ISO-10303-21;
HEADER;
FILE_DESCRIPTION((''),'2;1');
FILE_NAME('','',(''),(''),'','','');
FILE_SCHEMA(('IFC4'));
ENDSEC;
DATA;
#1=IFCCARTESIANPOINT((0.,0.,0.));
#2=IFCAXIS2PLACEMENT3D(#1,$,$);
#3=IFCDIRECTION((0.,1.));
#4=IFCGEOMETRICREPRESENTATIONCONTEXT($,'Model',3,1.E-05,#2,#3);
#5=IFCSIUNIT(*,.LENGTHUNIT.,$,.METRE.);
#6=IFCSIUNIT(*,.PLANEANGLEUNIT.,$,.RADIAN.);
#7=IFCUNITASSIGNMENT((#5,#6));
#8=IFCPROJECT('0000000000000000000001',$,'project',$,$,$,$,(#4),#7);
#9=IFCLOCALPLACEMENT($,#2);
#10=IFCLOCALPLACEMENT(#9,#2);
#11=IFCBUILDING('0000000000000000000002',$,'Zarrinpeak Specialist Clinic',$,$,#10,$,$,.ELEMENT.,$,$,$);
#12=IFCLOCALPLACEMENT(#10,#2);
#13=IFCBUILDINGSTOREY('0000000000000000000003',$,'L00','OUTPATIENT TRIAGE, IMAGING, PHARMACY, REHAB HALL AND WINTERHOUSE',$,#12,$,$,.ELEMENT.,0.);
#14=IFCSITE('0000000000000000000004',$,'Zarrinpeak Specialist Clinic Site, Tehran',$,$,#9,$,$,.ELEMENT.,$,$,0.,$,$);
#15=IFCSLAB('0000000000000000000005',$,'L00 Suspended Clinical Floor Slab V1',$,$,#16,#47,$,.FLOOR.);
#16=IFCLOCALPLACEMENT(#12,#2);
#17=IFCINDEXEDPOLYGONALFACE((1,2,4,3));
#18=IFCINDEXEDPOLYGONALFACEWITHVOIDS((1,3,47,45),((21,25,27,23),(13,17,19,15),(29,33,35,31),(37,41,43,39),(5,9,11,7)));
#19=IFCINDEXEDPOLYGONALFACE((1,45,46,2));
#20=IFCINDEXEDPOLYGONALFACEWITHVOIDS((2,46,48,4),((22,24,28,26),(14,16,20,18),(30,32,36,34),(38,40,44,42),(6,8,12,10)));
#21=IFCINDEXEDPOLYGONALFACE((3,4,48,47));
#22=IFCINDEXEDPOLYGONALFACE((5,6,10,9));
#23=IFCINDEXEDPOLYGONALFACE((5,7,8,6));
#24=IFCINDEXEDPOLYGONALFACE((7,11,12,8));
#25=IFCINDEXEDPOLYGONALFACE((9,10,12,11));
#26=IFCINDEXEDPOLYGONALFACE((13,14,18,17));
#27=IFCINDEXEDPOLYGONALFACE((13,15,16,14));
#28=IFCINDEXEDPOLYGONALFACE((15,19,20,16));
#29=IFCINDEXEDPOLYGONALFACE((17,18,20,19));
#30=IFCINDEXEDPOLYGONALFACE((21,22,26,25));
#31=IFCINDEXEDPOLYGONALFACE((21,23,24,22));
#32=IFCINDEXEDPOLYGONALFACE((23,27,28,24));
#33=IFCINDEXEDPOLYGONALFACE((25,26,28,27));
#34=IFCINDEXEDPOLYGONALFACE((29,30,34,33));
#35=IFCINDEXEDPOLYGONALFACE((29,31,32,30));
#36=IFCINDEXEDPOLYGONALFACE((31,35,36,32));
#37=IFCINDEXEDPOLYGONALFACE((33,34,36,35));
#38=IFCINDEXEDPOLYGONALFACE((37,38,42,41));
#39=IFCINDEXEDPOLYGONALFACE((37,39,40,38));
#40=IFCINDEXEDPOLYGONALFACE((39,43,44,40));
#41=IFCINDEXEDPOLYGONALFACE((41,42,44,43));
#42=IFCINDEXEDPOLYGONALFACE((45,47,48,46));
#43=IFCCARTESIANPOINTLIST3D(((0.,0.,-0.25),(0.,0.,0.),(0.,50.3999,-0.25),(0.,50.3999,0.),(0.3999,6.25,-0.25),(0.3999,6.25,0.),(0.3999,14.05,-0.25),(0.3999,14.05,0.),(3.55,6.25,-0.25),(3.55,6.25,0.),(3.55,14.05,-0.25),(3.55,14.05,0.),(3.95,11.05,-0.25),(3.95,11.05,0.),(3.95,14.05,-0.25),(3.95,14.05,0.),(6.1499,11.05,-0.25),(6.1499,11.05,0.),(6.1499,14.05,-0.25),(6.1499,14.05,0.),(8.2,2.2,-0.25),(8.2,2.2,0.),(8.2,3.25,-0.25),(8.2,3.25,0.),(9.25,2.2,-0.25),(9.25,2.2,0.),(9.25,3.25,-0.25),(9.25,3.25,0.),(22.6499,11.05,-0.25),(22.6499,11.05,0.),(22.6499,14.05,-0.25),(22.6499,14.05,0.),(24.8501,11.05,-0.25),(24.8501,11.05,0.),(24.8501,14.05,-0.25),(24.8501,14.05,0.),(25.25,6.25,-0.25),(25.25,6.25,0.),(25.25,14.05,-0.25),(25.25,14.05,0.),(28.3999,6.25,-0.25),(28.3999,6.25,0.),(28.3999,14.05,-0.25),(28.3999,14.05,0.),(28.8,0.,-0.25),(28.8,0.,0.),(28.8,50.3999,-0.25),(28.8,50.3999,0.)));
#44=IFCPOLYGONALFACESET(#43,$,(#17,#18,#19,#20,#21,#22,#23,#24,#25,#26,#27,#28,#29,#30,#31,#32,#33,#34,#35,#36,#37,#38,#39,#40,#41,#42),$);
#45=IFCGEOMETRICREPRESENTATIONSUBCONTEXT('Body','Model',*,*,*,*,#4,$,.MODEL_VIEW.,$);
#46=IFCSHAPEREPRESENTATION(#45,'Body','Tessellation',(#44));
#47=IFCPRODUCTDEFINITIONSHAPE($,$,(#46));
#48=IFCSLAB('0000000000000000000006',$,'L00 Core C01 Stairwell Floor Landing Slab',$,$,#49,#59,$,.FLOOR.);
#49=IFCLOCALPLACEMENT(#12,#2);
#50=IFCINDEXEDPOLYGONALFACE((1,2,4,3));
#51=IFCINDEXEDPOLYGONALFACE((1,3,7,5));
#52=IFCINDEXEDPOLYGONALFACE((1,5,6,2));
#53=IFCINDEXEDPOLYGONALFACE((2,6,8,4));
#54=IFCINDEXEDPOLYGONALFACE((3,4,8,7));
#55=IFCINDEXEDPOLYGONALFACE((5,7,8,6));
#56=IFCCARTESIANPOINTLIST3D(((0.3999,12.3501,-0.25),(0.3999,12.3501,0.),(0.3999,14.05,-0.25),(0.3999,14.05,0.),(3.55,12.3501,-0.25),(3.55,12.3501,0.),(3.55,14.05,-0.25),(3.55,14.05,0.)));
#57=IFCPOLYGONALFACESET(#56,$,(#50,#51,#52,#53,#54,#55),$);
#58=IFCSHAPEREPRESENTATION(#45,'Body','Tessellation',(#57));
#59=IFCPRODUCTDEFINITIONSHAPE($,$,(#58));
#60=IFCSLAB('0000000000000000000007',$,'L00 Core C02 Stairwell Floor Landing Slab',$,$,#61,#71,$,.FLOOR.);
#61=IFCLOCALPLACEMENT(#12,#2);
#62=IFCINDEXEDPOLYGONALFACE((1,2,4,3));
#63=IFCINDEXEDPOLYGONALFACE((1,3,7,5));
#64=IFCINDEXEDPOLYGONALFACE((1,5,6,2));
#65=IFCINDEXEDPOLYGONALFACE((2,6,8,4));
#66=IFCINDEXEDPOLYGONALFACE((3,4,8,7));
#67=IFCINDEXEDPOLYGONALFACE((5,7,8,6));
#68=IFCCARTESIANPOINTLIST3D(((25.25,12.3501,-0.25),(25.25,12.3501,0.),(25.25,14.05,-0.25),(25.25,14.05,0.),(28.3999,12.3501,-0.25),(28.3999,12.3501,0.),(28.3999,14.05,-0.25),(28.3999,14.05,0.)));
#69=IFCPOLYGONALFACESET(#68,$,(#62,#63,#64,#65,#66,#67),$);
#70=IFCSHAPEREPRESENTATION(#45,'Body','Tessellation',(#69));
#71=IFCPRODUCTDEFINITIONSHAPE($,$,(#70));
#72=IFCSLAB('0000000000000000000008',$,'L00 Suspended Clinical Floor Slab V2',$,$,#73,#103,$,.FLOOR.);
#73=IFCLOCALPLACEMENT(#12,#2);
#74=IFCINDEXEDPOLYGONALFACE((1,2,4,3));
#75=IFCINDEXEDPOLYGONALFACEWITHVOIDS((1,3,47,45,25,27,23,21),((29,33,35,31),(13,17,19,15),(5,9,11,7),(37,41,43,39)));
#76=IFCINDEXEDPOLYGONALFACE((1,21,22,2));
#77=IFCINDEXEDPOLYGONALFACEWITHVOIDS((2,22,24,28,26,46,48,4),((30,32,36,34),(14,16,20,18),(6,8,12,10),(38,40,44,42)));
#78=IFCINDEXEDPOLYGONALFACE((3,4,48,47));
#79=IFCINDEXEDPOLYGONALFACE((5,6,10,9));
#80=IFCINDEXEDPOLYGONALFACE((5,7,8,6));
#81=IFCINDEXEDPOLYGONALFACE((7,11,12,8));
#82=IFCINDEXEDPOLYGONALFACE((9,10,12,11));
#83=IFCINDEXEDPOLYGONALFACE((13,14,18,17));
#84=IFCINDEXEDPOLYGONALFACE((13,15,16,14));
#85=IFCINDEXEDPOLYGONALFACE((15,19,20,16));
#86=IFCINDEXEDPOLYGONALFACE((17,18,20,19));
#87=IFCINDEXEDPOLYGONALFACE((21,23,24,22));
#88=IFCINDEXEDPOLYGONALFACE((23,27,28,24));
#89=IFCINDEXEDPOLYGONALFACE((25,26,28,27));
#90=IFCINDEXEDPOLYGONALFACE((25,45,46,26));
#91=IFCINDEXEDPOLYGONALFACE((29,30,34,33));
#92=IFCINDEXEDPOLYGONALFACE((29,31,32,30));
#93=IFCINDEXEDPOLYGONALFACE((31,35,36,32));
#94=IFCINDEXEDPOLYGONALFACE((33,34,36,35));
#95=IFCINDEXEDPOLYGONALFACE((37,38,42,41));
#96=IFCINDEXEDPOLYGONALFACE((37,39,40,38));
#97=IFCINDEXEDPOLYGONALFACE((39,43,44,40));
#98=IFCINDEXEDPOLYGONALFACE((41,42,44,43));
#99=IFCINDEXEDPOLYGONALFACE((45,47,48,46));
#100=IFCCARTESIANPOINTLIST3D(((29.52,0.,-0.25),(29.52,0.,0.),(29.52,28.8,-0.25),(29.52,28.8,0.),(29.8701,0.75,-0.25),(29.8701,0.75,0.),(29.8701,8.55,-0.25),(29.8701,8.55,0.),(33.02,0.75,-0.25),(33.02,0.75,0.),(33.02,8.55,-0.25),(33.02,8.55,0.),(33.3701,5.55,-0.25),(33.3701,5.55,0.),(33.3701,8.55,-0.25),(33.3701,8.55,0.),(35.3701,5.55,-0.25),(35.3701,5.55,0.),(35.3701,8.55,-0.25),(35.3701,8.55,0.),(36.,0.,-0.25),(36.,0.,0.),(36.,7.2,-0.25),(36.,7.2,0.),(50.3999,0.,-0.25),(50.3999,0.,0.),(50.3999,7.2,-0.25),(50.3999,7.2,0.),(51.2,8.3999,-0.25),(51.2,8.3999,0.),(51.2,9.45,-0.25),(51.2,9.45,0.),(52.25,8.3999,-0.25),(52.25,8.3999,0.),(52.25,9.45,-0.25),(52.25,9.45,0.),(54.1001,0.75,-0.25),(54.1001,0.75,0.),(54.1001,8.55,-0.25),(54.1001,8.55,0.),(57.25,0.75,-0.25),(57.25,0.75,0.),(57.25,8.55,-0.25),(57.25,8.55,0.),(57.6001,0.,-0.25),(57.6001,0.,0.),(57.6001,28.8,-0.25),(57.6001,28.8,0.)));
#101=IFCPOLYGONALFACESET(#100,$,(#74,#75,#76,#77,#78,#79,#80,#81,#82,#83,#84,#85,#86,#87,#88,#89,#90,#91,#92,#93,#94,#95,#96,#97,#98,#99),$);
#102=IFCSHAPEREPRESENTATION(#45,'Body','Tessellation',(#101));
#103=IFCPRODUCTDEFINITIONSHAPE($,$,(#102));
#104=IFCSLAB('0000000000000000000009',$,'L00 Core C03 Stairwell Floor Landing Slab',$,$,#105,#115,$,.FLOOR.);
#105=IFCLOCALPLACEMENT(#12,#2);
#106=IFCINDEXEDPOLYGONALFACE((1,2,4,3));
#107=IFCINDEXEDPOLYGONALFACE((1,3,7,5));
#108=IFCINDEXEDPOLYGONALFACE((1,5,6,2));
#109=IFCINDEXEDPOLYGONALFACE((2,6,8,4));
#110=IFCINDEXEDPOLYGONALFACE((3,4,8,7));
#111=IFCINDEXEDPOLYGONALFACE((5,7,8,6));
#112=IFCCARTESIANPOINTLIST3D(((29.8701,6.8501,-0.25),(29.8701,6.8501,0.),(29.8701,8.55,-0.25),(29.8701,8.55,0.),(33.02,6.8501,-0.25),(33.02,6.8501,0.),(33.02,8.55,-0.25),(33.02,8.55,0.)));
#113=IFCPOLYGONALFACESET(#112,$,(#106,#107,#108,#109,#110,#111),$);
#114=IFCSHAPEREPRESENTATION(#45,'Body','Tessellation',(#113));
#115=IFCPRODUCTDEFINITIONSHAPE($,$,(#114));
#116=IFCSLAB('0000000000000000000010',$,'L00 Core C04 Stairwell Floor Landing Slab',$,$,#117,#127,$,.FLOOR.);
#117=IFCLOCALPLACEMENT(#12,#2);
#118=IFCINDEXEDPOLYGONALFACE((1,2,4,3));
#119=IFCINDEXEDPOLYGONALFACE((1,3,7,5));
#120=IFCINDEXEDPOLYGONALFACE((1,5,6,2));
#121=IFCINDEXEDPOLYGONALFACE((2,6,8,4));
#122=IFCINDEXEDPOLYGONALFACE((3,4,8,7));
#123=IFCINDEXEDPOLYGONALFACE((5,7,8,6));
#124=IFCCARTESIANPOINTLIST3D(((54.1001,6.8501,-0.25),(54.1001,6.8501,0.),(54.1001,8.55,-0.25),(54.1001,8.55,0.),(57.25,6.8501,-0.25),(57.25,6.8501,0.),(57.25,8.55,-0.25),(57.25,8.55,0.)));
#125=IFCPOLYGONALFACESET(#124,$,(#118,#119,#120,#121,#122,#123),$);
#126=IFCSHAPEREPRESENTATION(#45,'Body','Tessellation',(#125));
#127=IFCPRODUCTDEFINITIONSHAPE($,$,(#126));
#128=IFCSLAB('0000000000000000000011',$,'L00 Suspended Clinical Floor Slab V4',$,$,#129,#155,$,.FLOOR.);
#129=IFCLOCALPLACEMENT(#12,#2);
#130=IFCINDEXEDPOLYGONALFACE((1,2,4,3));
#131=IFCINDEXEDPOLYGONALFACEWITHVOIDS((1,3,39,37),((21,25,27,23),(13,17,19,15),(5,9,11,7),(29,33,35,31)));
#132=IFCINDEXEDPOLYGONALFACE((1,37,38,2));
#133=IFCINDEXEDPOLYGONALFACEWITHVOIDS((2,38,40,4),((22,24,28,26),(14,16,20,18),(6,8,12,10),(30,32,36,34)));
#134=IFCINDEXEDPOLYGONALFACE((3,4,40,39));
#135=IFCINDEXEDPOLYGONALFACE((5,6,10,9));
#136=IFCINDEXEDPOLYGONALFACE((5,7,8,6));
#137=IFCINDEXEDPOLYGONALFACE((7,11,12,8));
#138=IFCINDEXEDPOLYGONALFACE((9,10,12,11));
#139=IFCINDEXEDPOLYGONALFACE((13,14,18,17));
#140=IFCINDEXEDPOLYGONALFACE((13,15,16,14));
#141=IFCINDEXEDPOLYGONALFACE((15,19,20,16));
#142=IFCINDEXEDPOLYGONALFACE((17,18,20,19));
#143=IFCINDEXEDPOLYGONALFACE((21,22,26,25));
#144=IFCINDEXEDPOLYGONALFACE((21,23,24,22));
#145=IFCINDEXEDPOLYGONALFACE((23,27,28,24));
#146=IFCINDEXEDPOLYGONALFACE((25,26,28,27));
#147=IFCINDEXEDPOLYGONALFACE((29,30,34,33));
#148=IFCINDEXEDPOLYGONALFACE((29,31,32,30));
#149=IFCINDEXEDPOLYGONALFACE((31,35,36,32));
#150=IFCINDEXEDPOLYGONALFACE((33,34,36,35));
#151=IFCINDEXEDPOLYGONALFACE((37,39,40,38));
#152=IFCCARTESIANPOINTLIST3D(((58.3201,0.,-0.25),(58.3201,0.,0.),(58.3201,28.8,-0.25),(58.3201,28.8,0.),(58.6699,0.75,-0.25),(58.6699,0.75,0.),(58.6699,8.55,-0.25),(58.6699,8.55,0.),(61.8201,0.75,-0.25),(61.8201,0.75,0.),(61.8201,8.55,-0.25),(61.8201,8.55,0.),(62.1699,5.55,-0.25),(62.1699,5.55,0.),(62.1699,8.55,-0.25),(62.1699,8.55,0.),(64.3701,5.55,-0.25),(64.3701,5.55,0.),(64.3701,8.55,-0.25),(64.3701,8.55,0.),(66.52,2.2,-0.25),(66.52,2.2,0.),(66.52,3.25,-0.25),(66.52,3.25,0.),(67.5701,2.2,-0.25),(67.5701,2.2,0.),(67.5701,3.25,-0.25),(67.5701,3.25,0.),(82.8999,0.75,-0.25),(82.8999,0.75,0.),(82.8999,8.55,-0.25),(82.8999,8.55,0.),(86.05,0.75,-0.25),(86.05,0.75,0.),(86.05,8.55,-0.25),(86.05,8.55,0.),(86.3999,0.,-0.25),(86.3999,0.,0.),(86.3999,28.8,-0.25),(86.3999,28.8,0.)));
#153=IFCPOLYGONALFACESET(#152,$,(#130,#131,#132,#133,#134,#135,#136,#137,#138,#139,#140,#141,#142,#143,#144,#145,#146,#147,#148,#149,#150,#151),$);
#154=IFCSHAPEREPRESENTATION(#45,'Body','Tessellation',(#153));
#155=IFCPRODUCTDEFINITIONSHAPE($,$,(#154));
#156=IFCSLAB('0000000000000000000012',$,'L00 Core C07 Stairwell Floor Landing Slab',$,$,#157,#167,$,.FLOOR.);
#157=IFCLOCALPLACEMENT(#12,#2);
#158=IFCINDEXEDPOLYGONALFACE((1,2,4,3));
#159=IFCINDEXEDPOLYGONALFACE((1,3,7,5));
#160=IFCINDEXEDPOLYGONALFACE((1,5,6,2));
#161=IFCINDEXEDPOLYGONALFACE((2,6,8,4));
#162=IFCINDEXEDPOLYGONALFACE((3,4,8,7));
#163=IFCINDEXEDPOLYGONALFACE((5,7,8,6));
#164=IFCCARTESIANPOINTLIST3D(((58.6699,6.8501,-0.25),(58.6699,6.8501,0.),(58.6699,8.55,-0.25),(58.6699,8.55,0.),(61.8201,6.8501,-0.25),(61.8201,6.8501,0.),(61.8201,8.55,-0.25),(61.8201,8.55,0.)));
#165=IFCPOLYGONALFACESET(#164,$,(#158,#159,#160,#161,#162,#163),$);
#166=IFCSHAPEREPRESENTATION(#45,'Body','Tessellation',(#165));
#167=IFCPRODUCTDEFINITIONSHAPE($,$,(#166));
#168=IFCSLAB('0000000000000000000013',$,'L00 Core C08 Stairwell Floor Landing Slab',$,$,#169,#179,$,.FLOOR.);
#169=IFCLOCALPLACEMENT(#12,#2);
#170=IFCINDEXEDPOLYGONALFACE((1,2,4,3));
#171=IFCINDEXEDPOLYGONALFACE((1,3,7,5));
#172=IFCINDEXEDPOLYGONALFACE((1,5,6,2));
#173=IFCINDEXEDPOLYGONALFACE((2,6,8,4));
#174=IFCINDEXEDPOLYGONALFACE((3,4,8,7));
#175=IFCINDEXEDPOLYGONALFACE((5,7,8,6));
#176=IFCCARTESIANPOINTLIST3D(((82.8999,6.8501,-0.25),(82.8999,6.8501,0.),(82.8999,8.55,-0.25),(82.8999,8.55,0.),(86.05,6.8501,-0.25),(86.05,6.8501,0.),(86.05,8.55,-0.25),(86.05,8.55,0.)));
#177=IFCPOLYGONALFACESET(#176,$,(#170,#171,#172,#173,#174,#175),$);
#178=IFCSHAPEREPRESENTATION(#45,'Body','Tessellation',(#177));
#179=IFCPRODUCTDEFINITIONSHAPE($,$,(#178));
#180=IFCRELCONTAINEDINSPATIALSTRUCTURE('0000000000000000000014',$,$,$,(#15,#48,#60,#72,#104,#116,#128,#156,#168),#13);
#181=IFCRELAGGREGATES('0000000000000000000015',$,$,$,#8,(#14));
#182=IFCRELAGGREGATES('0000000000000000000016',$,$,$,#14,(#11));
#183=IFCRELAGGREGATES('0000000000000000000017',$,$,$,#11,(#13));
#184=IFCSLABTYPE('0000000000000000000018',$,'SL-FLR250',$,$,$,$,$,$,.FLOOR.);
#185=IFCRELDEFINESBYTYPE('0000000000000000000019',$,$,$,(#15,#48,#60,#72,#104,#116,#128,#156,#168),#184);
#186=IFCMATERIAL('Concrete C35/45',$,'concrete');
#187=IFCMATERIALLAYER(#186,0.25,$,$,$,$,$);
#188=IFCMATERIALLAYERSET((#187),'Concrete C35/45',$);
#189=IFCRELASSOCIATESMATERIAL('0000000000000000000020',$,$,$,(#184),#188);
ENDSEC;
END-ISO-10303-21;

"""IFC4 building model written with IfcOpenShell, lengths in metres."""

from ifc_helpers import new_model, si_unit, direction, frame, origin, place, context, subcontext, project, spatial, polyline, outline, extrude, material, layer, layer_set, type_object, element, save


model = new_model("IFC4")

# Units and contexts
model_context = context("Model", 3, precision=1e-05, world=origin(), true_north=direction((0.0, 1.0)))
body_context = subcontext(model_context, "Body", "Model", "MODEL_VIEW")
ifc_project = project(units=[si_unit("LENGTHUNIT", "METRE"), si_unit("PLANEANGLEUNIT", "RADIAN")], contexts=[model_context])

# Site, building, storey
site_placement = place(None, origin())
site = spatial("IfcSite", under=ifc_project, at=site_placement, Name="Zarrinpeak Specialist Clinic Site, Tehran", CompositionType="ELEMENT", RefElevation=0.0)
building_placement = place(site_placement, origin())
building = spatial("IfcBuilding", under=site, at=building_placement, Name="Zarrinpeak Specialist Clinic", CompositionType="ELEMENT")
storey_placement = place(building_placement, origin())
storey = spatial("IfcBuildingStorey", under=building, at=storey_placement, Name="L00", Description="OUTPATIENT TRIAGE, IMAGING, PHARMACY, REHAB HALL AND WINTERHOUSE", CompositionType="ELEMENT", Elevation=0.0)

# Slabs
ifc_material = material(Name="Concrete C35/45", Category="concrete")
ifc_layer_1 = layer(ifc_material, 0.25)
ifc_layer_set_1 = layer_set([ifc_layer_1], Name="Concrete C35/45")
slab_type_1 = type_object("IfcSlabType", Name="SL-FLR250", PredefinedType="FLOOR", material=ifc_layer_set_1)
slab_1_placement = place(storey_placement, frame((0.0, 0.0, -0.25)))
element("IfcSlab", 1, at=slab_1_placement, inside=storey, type_object=slab_type_1, Name="L00 Suspended Clinical Floor Slab V1", PredefinedType="FLOOR", context=body_context, shape_type="SweptSolid", body=[
    extrude(outline(polyline([(0.0, 0.0), (28.8, 0.0), (28.8, 50.3999), (0.0, 50.3999), (0.0, 0.0)]), holes=[polyline([(0.3999, 6.25), (3.55, 6.25), (3.55, 14.05), (0.3999, 14.05), (0.3999, 6.25)]), polyline([(3.95, 11.05), (6.1499, 11.05), (6.1499, 14.05), (3.95, 14.05), (3.95, 11.05)]), polyline([(25.25, 6.25), (28.3999, 6.25), (28.3999, 14.05), (25.25, 14.05), (25.25, 6.25)]), polyline([(22.6499, 11.05), (24.8501, 11.05), (24.8501, 14.05), (22.6499, 14.05), (22.6499, 11.05)]), polyline([(8.2, 2.2), (9.25, 2.2), (9.25, 3.25), (8.2, 3.25), (8.2, 2.2)])]), origin(), (0.0, 0.0, 1.0), 0.25),
])
slab_2_placement = place(storey_placement, frame((0.0, 0.0, -0.25)))
element("IfcSlab", 2, at=slab_2_placement, inside=storey, type_object=slab_type_1, Name="L00 Core C01 Stairwell Floor Landing Slab", PredefinedType="FLOOR", context=body_context, shape_type="SweptSolid", body=[
    extrude(outline(polyline([(0.3999, 12.3501), (3.55, 12.3501), (3.55, 14.05), (0.3999, 14.05), (0.3999, 12.3501)])), origin(), (0.0, 0.0, 1.0), 0.25),
])
slab_3_placement = place(storey_placement, frame((0.0, 0.0, -0.25)))
element("IfcSlab", 3, at=slab_3_placement, inside=storey, type_object=slab_type_1, Name="L00 Core C02 Stairwell Floor Landing Slab", PredefinedType="FLOOR", context=body_context, shape_type="SweptSolid", body=[
    extrude(outline(polyline([(25.25, 12.3501), (28.3999, 12.3501), (28.3999, 14.05), (25.25, 14.05), (25.25, 12.3501)])), origin(), (0.0, 0.0, 1.0), 0.25),
])
slab_4_placement = place(storey_placement, frame((0.0, 0.0, -0.25)))
element("IfcSlab", 4, at=slab_4_placement, inside=storey, type_object=slab_type_1, Name="L00 Suspended Clinical Floor Slab V2", PredefinedType="FLOOR", context=body_context, shape_type="SweptSolid", body=[
    extrude(outline(polyline([(29.52, 0.0), (36.0, 0.0), (36.0, 7.2), (50.3999, 7.2), (50.3999, 0.0), (57.6001, 0.0), (57.6001, 28.8), (29.52, 28.8), (29.52, 0.0)]), holes=[polyline([(29.8701, 0.75), (33.02, 0.75), (33.02, 8.55), (29.8701, 8.55), (29.8701, 0.75)]), polyline([(33.3701, 5.55), (35.3701, 5.55), (35.3701, 8.55), (33.3701, 8.55), (33.3701, 5.55)]), polyline([(54.1001, 0.75), (57.25, 0.75), (57.25, 8.55), (54.1001, 8.55), (54.1001, 0.75)]), polyline([(51.2, 8.3999), (52.25, 8.3999), (52.25, 9.45), (51.2, 9.45), (51.2, 8.3999)])]), origin(), (0.0, 0.0, 1.0), 0.25),
])
slab_5_placement = place(storey_placement, frame((0.0, 0.0, -0.25)))
element("IfcSlab", 5, at=slab_5_placement, inside=storey, type_object=slab_type_1, Name="L00 Core C03 Stairwell Floor Landing Slab", PredefinedType="FLOOR", context=body_context, shape_type="SweptSolid", body=[
    extrude(outline(polyline([(29.8701, 6.8501), (33.02, 6.8501), (33.02, 8.55), (29.8701, 8.55), (29.8701, 6.8501)])), origin(), (0.0, 0.0, 1.0), 0.25),
])
slab_6_placement = place(storey_placement, frame((0.0, 0.0, -0.25)))
element("IfcSlab", 6, at=slab_6_placement, inside=storey, type_object=slab_type_1, Name="L00 Core C04 Stairwell Floor Landing Slab", PredefinedType="FLOOR", context=body_context, shape_type="SweptSolid", body=[
    extrude(outline(polyline([(54.1001, 6.8501), (57.25, 6.8501), (57.25, 8.55), (54.1001, 8.55), (54.1001, 6.8501)])), origin(), (0.0, 0.0, 1.0), 0.25),
])
slab_7_placement = place(storey_placement, frame((0.0, 0.0, -0.25)))
element("IfcSlab", 7, at=slab_7_placement, inside=storey, type_object=slab_type_1, Name="L00 Suspended Clinical Floor Slab V4", PredefinedType="FLOOR", context=body_context, shape_type="SweptSolid", body=[
    extrude(outline(polyline([(58.3201, 0.0), (86.3999, 0.0), (86.3999, 28.8), (58.3201, 28.8), (58.3201, 0.0)]), holes=[polyline([(58.6699, 0.75), (61.8201, 0.75), (61.8201, 8.55), (58.6699, 8.55), (58.6699, 0.75)]), polyline([(62.1699, 5.55), (64.3701, 5.55), (64.3701, 8.55), (62.1699, 8.55), (62.1699, 5.55)]), polyline([(82.8999, 0.75), (86.05, 0.75), (86.05, 8.55), (82.8999, 8.55), (82.8999, 0.75)]), polyline([(66.52, 2.2), (67.5701, 2.2), (67.5701, 3.25), (66.52, 3.25), (66.52, 2.2)])]), origin(), (0.0, 0.0, 1.0), 0.25),
])
slab_8_placement = place(storey_placement, frame((0.0, 0.0, -0.25)))
element("IfcSlab", 8, at=slab_8_placement, inside=storey, type_object=slab_type_1, Name="L00 Core C07 Stairwell Floor Landing Slab", PredefinedType="FLOOR", context=body_context, shape_type="SweptSolid", body=[
    extrude(outline(polyline([(58.6699, 6.8501), (61.8201, 6.8501), (61.8201, 8.55), (58.6699, 8.55), (58.6699, 6.8501)])), origin(), (0.0, 0.0, 1.0), 0.25),
])
slab_9_placement = place(storey_placement, frame((0.0, 0.0, -0.25)))
element("IfcSlab", 9, at=slab_9_placement, inside=storey, type_object=slab_type_1, Name="L00 Core C08 Stairwell Floor Landing Slab", PredefinedType="FLOOR", context=body_context, shape_type="SweptSolid", body=[
    extrude(outline(polyline([(82.8999, 6.8501), (86.05, 6.8501), (86.05, 8.55), (82.8999, 8.55), (82.8999, 6.8501)])), origin(), (0.0, 0.0, 1.0), 0.25),
])

save(model, "model.ifc")
